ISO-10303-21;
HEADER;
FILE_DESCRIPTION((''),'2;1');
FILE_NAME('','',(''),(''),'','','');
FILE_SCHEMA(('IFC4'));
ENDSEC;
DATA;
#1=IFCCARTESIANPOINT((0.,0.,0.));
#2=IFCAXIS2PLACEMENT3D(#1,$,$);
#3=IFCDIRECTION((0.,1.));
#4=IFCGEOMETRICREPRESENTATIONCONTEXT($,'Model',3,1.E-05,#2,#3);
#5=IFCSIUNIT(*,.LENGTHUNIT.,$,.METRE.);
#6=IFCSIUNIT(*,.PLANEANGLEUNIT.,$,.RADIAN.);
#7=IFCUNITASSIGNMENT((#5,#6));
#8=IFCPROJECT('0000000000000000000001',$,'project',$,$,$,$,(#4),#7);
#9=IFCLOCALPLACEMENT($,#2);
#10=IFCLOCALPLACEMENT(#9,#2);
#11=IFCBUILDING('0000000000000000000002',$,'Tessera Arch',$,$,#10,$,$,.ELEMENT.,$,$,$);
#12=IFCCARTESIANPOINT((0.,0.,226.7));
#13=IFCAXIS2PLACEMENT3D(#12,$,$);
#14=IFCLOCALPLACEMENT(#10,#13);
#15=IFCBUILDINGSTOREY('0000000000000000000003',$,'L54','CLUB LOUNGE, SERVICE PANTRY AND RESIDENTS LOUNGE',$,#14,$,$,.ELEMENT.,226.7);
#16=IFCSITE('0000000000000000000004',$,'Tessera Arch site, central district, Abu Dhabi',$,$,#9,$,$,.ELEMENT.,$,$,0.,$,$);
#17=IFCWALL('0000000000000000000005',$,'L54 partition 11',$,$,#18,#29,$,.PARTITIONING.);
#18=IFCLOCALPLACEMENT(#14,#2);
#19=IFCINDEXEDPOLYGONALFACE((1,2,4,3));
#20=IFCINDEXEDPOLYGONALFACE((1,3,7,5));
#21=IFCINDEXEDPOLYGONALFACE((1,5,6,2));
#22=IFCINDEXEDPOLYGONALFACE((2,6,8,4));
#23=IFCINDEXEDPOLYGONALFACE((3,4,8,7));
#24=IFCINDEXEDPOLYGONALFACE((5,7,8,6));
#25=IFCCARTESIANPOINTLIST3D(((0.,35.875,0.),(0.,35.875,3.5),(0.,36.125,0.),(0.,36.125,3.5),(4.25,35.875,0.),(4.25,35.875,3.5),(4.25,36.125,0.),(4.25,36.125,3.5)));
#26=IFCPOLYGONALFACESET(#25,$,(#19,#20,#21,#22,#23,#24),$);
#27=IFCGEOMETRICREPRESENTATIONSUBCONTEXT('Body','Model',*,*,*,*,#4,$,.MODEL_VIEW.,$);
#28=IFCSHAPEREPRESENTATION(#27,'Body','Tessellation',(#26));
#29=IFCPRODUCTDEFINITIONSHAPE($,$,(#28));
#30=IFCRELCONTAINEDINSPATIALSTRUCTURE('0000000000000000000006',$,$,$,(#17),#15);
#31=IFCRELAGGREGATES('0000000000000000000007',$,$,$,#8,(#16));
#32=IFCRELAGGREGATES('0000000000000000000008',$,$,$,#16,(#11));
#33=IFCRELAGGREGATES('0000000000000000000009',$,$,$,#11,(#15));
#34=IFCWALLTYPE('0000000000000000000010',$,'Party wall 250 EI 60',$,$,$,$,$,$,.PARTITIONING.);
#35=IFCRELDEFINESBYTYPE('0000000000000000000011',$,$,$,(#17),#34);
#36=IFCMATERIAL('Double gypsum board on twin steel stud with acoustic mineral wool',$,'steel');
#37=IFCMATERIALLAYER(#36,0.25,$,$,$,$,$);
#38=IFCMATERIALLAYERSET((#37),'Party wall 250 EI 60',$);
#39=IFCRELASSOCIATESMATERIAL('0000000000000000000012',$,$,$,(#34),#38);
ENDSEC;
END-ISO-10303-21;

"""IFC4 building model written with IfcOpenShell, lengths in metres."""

from ifc_helpers import new_model, si_unit, direction, frame, frame_2d, origin, place, context, subcontext, project, spatial, rectangle, extrude, material, layer, layer_set, type_object, element, save


model = new_model("IFC4")

# Units and contexts
model_context = context("Model", 3, precision=1e-05, world=origin(), true_north=direction((0.0, 1.0)))
body_context = subcontext(model_context, "Body", "Model", "MODEL_VIEW")
ifc_project = project(units=[si_unit("LENGTHUNIT", "METRE"), si_unit("PLANEANGLEUNIT", "RADIAN")], contexts=[model_context])

# Site, building, storey
site_placement = place(None, origin())
site = spatial("IfcSite", under=ifc_project, at=site_placement, Name="Tessera Arch site, central district, Abu Dhabi", CompositionType="ELEMENT", RefElevation=0.0)
building_placement = place(site_placement, origin())
building = spatial("IfcBuilding", under=site, at=building_placement, Name="Tessera Arch", CompositionType="ELEMENT")
storey_placement = place(building_placement, frame((0.0, 0.0, 226.7)))
storey = spatial("IfcBuildingStorey", under=building, at=storey_placement, Name="L54", Description="CLUB LOUNGE, SERVICE PANTRY AND RESIDENTS LOUNGE", CompositionType="ELEMENT", Elevation=226.7)

# Wall
ifc_material_1 = material(Name="Double gypsum board on twin steel stud with acoustic mineral wool", Category="steel")
ifc_layer_1 = layer(ifc_material_1, 0.25)
ifc_layer_set_1 = layer_set([ifc_layer_1], Name="Party wall 250 EI 60")
wall_type_1 = type_object("IfcWallType", Name="Party wall 250 EI 60", PredefinedType="PARTITIONING", material=ifc_layer_set_1)
wall_1_placement = place(storey_placement, frame((0.0, 36.0, 0.0), z_axis=(0.0, 0.0, 1.0), x_axis=(1.0, 0.0, 0.0)))
element("IfcWall", 1, at=wall_1_placement, inside=storey, type_object=wall_type_1, Name="L54 partition 11", PredefinedType="PARTITIONING", context=body_context, shape_type="SweptSolid", body=[
    extrude(rectangle(XDim=4.25, YDim=0.25, at=frame_2d((2.125, 0.0))), origin(), (0.0, 0.0, 1.0), 3.5),
])

save(model, "model.ifc")
